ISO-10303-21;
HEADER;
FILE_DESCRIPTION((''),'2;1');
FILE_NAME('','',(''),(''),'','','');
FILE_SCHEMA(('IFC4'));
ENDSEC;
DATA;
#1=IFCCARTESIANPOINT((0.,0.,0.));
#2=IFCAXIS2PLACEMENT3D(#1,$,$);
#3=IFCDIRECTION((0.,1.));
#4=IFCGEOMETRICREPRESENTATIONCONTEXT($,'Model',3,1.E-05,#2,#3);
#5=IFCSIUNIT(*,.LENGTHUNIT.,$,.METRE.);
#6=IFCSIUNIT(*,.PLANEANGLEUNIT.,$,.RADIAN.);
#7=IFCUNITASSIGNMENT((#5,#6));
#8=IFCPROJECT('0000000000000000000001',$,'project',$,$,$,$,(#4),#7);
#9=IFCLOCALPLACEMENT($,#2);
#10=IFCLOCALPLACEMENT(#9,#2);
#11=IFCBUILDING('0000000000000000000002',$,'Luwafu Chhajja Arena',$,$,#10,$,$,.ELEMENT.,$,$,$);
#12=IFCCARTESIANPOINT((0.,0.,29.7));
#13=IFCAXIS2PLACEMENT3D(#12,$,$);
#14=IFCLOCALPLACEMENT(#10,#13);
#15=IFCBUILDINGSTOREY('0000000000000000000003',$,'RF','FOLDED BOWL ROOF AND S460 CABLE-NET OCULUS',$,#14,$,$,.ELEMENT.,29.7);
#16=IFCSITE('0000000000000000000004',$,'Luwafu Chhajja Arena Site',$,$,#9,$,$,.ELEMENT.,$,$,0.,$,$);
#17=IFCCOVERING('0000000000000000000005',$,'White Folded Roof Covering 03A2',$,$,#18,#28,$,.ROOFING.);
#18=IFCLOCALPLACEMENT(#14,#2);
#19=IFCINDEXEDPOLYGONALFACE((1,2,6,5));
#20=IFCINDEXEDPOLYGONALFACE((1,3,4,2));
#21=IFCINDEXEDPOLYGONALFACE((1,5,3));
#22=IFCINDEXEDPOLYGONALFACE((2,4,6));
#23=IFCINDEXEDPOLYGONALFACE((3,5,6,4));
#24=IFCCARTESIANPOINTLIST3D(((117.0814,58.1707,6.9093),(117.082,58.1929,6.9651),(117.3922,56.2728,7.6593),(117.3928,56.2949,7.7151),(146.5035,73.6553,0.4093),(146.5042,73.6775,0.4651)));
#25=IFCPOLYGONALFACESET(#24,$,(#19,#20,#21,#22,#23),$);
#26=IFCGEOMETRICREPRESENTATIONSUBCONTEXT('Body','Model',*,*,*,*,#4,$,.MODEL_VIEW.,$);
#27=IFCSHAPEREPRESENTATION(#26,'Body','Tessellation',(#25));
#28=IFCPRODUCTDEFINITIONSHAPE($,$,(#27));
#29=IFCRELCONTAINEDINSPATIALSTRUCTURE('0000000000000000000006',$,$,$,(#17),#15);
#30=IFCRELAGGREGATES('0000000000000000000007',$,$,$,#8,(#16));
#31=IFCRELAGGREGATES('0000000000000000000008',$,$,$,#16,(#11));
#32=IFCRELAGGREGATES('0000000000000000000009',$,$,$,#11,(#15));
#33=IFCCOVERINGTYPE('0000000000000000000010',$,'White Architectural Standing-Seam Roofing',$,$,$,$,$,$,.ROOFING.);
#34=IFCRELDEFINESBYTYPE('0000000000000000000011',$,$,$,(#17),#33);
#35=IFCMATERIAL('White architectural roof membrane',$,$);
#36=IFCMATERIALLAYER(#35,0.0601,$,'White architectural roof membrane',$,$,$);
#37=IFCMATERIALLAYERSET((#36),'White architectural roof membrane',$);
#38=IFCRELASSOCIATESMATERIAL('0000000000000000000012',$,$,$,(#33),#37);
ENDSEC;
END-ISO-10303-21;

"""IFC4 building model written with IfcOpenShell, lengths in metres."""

from ifc_helpers import new_model, si_unit, direction, frame, origin, place, context, subcontext, project, spatial, polyline, outline, extrude, material, layer, layer_set, type_object, element, save


model = new_model("IFC4")

# Units and contexts
model_context = context("Model", 3, precision=1e-05, world=origin(), true_north=direction((0.0, 1.0)))
body_context = subcontext(model_context, "Body", "Model", "MODEL_VIEW")
ifc_project = project(units=[si_unit("LENGTHUNIT", "METRE"), si_unit("PLANEANGLEUNIT", "RADIAN")], contexts=[model_context])

# Site, building, storey
site_placement = place(None, origin())
site = spatial("IfcSite", under=ifc_project, at=site_placement, Name="Luwafu Chhajja Arena Site", CompositionType="ELEMENT", RefElevation=0.0)
building_placement = place(site_placement, origin())
building = spatial("IfcBuilding", under=site, at=building_placement, Name="Luwafu Chhajja Arena", CompositionType="ELEMENT")
storey_placement = place(building_placement, frame((0.0, 0.0, 29.7)))
storey = spatial("IfcBuildingStorey", under=building, at=storey_placement, Name="RF", Description="FOLDED BOWL ROOF AND S460 CABLE-NET OCULUS", CompositionType="ELEMENT", Elevation=29.7)

# Covering
ifc_material_1 = material(Name="White architectural roof membrane")
ifc_layer_1 = layer(ifc_material_1, 0.0601, Name="White architectural roof membrane")
ifc_layer_set_1 = layer_set([ifc_layer_1], Name="White architectural roof membrane")
covering_type = type_object("IfcCoveringType", Name="White Architectural Standing-Seam Roofing", PredefinedType="ROOFING", material=ifc_layer_set_1)
covering_1_placement = place(storey_placement, frame((146.5042, 73.6775, 0.4651), z_axis=(0.011081, 0.369056, 0.929341), x_axis=(-0.868486, -0.457077, 0.191868)))
element("IfcCovering", 1, at=covering_1_placement, inside=storey, type_object=covering_type, Name="White Folded Roof Covering 03A2", PredefinedType="ROOFING", context=body_context, shape_type="SweptSolid", body=[
    extrude(outline(polyline([(0.0, 0.0), (33.8775, 0.0), (34.619, 1.9265), (0.0, 0.0)])), origin(), (0.0, 0.0, -1.0), 0.0601),
])

save(model, "model.ifc")
